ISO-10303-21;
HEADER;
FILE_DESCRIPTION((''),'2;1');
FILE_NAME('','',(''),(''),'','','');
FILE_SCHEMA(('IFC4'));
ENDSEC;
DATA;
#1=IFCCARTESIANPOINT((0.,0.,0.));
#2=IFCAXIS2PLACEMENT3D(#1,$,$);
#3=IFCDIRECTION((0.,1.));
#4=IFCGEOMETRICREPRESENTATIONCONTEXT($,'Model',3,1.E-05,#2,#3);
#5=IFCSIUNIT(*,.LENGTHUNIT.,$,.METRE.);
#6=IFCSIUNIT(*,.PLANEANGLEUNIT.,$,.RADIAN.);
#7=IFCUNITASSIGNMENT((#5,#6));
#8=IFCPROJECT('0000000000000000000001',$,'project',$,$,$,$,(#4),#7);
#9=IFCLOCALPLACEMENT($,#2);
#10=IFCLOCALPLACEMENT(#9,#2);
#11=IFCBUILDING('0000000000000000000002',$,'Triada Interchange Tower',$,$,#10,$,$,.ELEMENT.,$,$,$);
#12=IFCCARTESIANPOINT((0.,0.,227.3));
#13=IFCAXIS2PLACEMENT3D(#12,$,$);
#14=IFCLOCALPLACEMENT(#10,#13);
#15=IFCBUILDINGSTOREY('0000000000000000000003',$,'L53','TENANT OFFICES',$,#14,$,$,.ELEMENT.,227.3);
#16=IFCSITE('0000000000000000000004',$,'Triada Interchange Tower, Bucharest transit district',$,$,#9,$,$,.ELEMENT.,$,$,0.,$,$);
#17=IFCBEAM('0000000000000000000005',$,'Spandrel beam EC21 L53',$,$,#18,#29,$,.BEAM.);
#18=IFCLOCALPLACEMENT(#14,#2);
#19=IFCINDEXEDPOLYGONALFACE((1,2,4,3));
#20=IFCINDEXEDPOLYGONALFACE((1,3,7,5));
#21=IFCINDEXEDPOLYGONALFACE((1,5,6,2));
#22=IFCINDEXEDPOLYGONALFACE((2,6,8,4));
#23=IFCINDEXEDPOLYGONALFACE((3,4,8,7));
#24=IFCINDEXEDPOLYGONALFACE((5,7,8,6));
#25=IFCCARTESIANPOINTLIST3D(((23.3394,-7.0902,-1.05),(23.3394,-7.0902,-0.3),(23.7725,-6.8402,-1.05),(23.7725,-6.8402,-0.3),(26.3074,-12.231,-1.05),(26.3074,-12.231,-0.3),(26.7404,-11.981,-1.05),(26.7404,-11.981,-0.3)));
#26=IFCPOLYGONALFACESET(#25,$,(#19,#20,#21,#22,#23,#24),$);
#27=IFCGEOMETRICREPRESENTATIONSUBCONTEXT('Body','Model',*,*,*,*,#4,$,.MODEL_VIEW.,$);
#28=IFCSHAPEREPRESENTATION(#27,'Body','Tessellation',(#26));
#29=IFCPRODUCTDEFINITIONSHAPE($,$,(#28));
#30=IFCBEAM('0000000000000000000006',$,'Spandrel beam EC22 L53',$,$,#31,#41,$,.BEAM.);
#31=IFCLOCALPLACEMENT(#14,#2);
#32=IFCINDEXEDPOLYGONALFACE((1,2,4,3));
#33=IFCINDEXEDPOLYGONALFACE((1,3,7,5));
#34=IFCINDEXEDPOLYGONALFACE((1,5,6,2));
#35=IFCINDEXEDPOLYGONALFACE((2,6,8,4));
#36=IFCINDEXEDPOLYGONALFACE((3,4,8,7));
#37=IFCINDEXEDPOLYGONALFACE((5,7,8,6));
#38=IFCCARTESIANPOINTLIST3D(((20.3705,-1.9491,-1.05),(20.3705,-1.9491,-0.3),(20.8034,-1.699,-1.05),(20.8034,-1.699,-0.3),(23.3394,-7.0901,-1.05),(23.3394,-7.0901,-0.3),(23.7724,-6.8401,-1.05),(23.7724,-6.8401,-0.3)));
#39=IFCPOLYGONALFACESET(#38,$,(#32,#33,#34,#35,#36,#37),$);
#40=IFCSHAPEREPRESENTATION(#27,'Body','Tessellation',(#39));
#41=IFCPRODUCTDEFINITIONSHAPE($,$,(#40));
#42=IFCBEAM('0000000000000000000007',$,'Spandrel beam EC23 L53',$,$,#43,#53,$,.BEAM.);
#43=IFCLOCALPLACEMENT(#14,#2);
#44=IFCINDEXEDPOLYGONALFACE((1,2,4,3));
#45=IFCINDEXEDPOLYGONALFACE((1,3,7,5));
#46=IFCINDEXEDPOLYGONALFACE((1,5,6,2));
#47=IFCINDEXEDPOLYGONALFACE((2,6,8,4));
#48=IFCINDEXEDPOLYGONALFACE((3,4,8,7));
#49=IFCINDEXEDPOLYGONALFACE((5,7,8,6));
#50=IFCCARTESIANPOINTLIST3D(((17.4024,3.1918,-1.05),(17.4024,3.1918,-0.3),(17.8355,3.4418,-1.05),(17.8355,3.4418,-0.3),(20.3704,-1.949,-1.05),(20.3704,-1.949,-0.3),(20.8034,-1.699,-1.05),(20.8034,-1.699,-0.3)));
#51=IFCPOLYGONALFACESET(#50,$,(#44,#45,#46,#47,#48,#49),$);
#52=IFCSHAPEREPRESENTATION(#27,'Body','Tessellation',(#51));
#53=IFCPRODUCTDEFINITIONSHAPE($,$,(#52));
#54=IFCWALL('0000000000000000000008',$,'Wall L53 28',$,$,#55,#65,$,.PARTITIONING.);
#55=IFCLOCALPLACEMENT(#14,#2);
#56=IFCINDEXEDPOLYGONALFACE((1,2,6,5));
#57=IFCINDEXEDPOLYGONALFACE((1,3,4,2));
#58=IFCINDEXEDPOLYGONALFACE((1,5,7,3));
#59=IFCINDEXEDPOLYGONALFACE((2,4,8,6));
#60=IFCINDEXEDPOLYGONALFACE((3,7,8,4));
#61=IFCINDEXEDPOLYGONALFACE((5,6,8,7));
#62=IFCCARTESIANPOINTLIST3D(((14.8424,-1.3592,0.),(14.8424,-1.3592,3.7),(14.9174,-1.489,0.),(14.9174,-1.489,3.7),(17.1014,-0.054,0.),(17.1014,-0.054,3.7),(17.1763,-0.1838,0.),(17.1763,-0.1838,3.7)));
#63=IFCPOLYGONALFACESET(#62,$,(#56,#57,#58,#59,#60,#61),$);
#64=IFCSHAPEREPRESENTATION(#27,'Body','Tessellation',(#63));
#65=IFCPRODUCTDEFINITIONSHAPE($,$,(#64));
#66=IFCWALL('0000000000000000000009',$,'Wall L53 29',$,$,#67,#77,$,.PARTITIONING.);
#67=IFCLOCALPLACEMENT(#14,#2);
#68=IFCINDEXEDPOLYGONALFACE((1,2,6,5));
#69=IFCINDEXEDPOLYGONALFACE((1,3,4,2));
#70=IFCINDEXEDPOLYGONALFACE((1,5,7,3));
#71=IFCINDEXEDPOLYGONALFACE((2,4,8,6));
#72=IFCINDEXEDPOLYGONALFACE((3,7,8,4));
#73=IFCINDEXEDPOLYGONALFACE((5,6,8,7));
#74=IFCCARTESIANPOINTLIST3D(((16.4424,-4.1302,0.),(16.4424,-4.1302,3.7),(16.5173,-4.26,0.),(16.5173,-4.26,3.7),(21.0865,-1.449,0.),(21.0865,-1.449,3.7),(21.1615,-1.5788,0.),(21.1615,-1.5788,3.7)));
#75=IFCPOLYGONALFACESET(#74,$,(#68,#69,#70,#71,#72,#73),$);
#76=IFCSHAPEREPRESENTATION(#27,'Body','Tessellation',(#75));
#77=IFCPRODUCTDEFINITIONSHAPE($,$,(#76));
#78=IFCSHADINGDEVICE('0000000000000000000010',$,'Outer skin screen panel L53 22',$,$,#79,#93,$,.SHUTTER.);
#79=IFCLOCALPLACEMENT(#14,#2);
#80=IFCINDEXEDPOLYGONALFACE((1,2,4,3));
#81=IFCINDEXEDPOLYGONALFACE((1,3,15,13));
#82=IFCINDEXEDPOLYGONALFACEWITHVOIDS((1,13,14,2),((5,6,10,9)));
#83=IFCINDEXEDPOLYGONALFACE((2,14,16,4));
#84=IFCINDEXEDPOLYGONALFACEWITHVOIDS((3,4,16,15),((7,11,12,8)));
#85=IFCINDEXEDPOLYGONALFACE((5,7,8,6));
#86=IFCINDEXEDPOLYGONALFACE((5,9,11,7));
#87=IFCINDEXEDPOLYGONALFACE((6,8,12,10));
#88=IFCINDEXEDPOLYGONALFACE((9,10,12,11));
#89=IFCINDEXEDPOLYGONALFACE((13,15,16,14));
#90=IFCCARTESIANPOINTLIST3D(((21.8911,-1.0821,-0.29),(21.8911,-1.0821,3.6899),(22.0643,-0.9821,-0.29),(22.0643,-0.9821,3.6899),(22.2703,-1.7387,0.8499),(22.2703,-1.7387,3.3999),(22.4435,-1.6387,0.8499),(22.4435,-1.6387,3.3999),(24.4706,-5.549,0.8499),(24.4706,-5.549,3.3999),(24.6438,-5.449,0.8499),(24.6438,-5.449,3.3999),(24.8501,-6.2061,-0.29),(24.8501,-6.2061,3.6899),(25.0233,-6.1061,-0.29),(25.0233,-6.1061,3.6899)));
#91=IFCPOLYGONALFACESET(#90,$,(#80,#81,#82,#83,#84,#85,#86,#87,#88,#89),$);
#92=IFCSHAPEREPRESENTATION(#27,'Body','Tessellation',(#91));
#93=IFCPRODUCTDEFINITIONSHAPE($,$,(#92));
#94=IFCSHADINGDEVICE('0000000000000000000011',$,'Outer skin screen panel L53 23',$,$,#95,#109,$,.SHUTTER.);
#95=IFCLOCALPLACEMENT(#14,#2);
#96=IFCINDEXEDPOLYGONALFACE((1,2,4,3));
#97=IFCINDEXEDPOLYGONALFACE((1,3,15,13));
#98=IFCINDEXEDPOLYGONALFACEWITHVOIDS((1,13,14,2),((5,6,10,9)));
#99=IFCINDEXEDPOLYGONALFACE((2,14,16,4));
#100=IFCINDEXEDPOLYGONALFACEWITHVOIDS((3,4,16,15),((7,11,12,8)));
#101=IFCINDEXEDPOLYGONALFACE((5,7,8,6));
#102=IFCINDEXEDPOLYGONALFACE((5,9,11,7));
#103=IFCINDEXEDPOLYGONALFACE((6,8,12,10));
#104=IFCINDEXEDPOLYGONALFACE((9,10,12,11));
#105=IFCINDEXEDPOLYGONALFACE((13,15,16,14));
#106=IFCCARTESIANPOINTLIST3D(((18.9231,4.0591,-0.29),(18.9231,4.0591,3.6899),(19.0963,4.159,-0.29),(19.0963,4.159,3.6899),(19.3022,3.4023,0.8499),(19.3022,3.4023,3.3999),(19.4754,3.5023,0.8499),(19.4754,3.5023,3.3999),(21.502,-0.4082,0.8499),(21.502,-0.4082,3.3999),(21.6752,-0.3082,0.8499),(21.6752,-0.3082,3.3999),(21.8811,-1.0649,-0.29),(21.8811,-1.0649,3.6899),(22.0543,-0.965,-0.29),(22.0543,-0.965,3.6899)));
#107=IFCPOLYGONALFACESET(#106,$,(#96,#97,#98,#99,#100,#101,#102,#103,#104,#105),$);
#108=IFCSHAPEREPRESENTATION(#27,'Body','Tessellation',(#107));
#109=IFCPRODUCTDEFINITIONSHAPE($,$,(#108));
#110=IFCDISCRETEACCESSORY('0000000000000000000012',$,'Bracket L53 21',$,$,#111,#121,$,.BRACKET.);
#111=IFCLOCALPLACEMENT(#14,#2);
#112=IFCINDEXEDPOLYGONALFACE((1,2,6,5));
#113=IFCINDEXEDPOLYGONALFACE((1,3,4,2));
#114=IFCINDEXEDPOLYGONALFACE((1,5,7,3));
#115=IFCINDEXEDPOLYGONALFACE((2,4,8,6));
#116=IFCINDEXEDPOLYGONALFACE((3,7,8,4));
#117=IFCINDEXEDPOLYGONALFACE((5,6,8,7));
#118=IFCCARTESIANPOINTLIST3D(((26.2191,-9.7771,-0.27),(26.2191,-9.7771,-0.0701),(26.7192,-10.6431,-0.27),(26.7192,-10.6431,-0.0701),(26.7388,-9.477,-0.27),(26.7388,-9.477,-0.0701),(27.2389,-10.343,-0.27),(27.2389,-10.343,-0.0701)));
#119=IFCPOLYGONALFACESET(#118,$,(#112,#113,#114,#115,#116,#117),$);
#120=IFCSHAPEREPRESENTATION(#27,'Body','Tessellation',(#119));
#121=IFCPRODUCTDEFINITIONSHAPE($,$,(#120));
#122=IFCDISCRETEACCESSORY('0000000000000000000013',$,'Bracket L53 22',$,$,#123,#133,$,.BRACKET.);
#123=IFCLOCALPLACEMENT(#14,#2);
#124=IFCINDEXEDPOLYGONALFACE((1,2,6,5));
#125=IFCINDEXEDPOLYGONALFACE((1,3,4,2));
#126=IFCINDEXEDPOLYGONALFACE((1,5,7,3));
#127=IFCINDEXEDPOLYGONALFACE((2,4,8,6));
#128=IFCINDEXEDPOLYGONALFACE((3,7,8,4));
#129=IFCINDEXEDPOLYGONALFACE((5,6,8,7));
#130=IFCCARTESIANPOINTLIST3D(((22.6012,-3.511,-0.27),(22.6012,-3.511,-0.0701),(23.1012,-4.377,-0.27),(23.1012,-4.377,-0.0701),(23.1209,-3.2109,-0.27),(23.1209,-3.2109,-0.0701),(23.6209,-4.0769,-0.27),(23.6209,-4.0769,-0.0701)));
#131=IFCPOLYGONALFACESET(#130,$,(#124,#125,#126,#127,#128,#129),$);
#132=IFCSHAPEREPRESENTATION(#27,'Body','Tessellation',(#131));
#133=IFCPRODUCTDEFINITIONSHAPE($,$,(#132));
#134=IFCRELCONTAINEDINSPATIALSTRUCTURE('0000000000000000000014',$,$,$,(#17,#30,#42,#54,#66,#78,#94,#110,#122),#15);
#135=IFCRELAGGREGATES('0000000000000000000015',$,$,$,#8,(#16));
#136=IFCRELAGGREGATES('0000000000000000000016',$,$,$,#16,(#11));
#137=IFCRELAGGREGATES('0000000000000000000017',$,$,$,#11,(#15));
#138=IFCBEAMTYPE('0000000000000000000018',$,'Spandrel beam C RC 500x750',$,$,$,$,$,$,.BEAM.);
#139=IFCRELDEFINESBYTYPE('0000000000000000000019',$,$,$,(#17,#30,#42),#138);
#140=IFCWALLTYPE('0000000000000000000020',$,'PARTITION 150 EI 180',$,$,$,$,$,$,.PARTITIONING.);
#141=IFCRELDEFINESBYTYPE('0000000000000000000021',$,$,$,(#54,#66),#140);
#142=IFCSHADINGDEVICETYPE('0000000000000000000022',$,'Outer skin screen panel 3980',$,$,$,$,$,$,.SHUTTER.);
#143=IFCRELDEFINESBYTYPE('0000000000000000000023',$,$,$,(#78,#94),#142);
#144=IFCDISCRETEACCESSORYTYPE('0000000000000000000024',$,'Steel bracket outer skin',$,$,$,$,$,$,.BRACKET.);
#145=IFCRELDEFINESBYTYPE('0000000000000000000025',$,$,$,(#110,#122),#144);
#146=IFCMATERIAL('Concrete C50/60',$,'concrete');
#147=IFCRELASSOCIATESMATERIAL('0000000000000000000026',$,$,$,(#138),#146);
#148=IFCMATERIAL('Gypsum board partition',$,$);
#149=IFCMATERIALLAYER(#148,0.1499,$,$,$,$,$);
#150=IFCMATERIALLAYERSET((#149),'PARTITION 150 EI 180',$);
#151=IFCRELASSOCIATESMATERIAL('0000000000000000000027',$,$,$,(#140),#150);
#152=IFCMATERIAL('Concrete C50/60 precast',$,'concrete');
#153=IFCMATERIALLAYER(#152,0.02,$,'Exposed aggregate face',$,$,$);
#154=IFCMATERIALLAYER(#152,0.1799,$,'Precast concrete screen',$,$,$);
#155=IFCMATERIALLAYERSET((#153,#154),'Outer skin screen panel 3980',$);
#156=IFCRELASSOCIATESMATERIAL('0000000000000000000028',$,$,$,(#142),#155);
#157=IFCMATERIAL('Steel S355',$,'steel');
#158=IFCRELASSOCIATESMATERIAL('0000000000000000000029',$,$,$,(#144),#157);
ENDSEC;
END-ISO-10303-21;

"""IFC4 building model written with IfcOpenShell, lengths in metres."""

from ifc_helpers import new_model, si_unit, direction, frame, frame_2d, origin, origin_2d, place, context, subcontext, project, spatial, polyline, rectangle, outline, extrude, material, layer, layer_set, material_profile, profile_set, type_object, element, save


model = new_model("IFC4")

# Units and contexts
model_context = context("Model", 3, precision=1e-05, world=origin(), true_north=direction((0.0, 1.0)))
body_context = subcontext(model_context, "Body", "Model", "MODEL_VIEW")
ifc_project = project(units=[si_unit("LENGTHUNIT", "METRE"), si_unit("PLANEANGLEUNIT", "RADIAN")], contexts=[model_context])

# Site, building, storey
site_placement = place(None, origin())
site = spatial("IfcSite", under=ifc_project, at=site_placement, Name="Triada Interchange Tower, Bucharest transit district", CompositionType="ELEMENT", RefElevation=0.0)
building_placement = place(site_placement, origin())
building = spatial("IfcBuilding", under=site, at=building_placement, Name="Triada Interchange Tower", CompositionType="ELEMENT")
storey_placement = place(building_placement, frame((0.0, 0.0, 227.3)))
storey = spatial("IfcBuildingStorey", under=building, at=storey_placement, Name="L53", Description="TENANT OFFICES", CompositionType="ELEMENT", Elevation=227.3)

# Shared definitions
ifc_material_1 = material(Name="Concrete C50/60", Category="concrete")

# Beams
ifc_material_profile_1 = material_profile(ifc_material_1, rectangle(XDim=0.5, YDim=0.75, at=origin_2d()), Name="RC 500x750")
ifc_profile_set_1 = profile_set([ifc_material_profile_1], Name="Concrete C50/60")
beam_type_1 = type_object("IfcBeamType", Name="Spandrel beam C RC 500x750", PredefinedType="BEAM", material=ifc_profile_set_1)
beam_1_placement = place(storey_placement, frame((26.5239, -12.106, -0.675), z_axis=(-0.499992, 0.86603, 0.0), x_axis=(-0.86603, -0.499992, 0.0)))
element("IfcBeam", 1, at=beam_1_placement, inside=storey, type_object=beam_type_1, Name="Spandrel beam EC21 L53", PredefinedType="BEAM", context=body_context, shape_type="SweptSolid", body=[
    extrude(rectangle(XDim=0.5, YDim=0.75, at=origin_2d()), origin(), (0.0, 0.0, 1.0), 5.936),
])
beam_2_placement = place(storey_placement, frame((23.5559, -6.9651, -0.675), z_axis=(-0.500097, 0.865969, 0.0), x_axis=(-0.865969, -0.500097, 0.0)))
element("IfcBeam", 2, at=beam_2_placement, inside=storey, type_object=beam_type_1, Name="Spandrel beam EC22 L53", PredefinedType="BEAM", context=body_context, shape_type="SweptSolid", body=[
    extrude(rectangle(XDim=0.5, YDim=0.75, at=origin_2d()), origin(), (0.0, 0.0, 1.0), 5.9368),
])
beam_3_placement = place(storey_placement, frame((20.5869, -1.824, -0.675), z_axis=(-0.499992, 0.86603, 0.0), x_axis=(-0.86603, -0.499992, 0.0)))
element("IfcBeam", 3, at=beam_3_placement, inside=storey, type_object=beam_type_1, Name="Spandrel beam EC23 L53", PredefinedType="BEAM", context=body_context, shape_type="SweptSolid", body=[
    extrude(rectangle(XDim=0.5, YDim=0.75, at=origin_2d()), origin(), (0.0, 0.0, 1.0), 5.936),
])

# Walls
ifc_material_2 = material(Name="Gypsum board partition")
ifc_layer_1 = layer(ifc_material_2, 0.1499)
ifc_layer_set_1 = layer_set([ifc_layer_1], Name="PARTITION 150 EI 180")
wall_type_1 = type_object("IfcWallType", Name="PARTITION 150 EI 180", PredefinedType="PARTITIONING", material=ifc_layer_set_1)
wall_1_placement = place(storey_placement, frame((14.8799, -1.4241, 0.0), z_axis=(0.0, 0.0, 1.0), x_axis=(0.865872, 0.500265, 0.0)))
element("IfcWall", 4, at=wall_1_placement, inside=storey, type_object=wall_type_1, Name="Wall L53 28", PredefinedType="PARTITIONING", context=body_context, shape_type="SweptSolid", body=[
    extrude(rectangle(XDim=2.6089, YDim=0.1499, at=frame_2d((1.3044, 0.0))), origin(), (0.0, 0.0, 1.0), 3.7),
])
wall_2_placement = place(storey_placement, frame((16.48, -4.1951, 0.0), z_axis=(0.0, 0.0, 1.0), x_axis=(0.866032, 0.499988, 0.0)))
element("IfcWall", 5, at=wall_2_placement, inside=storey, type_object=wall_type_1, Name="Wall L53 29", PredefinedType="PARTITIONING", context=body_context, shape_type="SweptSolid", body=[
    extrude(rectangle(XDim=5.3625, YDim=0.1499, at=frame_2d((2.6812, 0.0))), origin(), (0.0, 0.0, 1.0), 3.7),
])

# Shading devices
ifc_material_3 = material(Name="Concrete C50/60 precast", Category="concrete")
ifc_layer_2 = layer(ifc_material_3, 0.02, Name="Exposed aggregate face")
ifc_layer_3 = layer(ifc_material_3, 0.1799, Name="Precast concrete screen")
ifc_layer_set_2 = layer_set([ifc_layer_2, ifc_layer_3], Name="Outer skin screen panel 3980")
shading_device_type = type_object("IfcShadingDeviceType", Name="Outer skin screen panel 3980", PredefinedType="SHUTTER", material=ifc_layer_set_2)
shading_device_1_placement = place(storey_placement, frame((24.8501, -6.2061, -0.29), z_axis=(0.0, 0.0, 1.0), x_axis=(-0.50008, 0.865979, 0.0)))
element("IfcShadingDevice", 6, at=shading_device_1_placement, inside=storey, type_object=shading_device_type, Name="Outer skin screen panel L53 22", PredefinedType="SHUTTER", context=body_context, shape_type="SweptSolid", body=[
    extrude(outline(polyline([(0.0, 0.0), (5.917, 0.0), (5.917, 3.98), (0.0, 3.98), (0.0, 0.0)]), holes=[polyline([(0.7588, 1.1399), (0.7588, 3.6899), (5.1587, 3.6899), (5.1587, 1.1399), (0.7588, 1.1399)])]), frame((0.0, 0.0, 0.0), z_axis=(0.0, -1.0, 0.0), x_axis=(1.0, 0.0, 0.0)), (0.0, 0.0, 1.0), 0.2),
])
shading_device_2_placement = place(storey_placement, frame((21.8811, -1.0649, -0.29), z_axis=(0.0, 0.0, 1.0), x_axis=(-0.499956, 0.866051, 0.0)))
element("IfcShadingDevice", 7, at=shading_device_2_placement, inside=storey, type_object=shading_device_type, Name="Outer skin screen panel L53 23", PredefinedType="SHUTTER", context=body_context, shape_type="SweptSolid", body=[
    extrude(outline(polyline([(0.0, 0.0), (5.9165, 0.0), (5.9165, 3.98), (0.0, 3.98), (0.0, 0.0)]), holes=[polyline([(0.7583, 1.1399), (0.7583, 3.6899), (5.1582, 3.6899), (5.1582, 1.1399), (0.7583, 1.1399)])]), frame((0.0, 0.0, 0.0), z_axis=(0.0, -1.0, 0.0), x_axis=(1.0, 0.0, 0.0)), (0.0, 0.0, 1.0), 0.2),
])

# Discrete accessories
ifc_material_4 = material(Name="Steel S355", Category="steel")
discrete_accessory_type = type_object("IfcDiscreteAccessoryType", Name="Steel bracket outer skin", PredefinedType="BRACKET", material=ifc_material_4)
for number, where, z_axis, x_axis, name in (
    (8, (26.729, -10.0601, -0.27), (0.0, 0.0, 1.0), (0.866014, 0.500019, 0.0), "Bracket L53 21"),
    (9, (23.1111, -3.7939, -0.27), (0.0, 0.0, 1.0), (0.866014, 0.500019, 0.0), "Bracket L53 22"),
):
    element("IfcDiscreteAccessory", number, at=place(storey_placement, frame(where, z_axis=z_axis, x_axis=x_axis)), inside=storey, type_object=discrete_accessory_type, Name=name, PredefinedType="BRACKET", context=body_context, shape_type="SweptSolid", body=[
        extrude(rectangle(XDim=0.6001, YDim=1.0, at=origin_2d()), origin(), (0.0, 0.0, 1.0), 0.2),
    ])

save(model, "model.ifc")
